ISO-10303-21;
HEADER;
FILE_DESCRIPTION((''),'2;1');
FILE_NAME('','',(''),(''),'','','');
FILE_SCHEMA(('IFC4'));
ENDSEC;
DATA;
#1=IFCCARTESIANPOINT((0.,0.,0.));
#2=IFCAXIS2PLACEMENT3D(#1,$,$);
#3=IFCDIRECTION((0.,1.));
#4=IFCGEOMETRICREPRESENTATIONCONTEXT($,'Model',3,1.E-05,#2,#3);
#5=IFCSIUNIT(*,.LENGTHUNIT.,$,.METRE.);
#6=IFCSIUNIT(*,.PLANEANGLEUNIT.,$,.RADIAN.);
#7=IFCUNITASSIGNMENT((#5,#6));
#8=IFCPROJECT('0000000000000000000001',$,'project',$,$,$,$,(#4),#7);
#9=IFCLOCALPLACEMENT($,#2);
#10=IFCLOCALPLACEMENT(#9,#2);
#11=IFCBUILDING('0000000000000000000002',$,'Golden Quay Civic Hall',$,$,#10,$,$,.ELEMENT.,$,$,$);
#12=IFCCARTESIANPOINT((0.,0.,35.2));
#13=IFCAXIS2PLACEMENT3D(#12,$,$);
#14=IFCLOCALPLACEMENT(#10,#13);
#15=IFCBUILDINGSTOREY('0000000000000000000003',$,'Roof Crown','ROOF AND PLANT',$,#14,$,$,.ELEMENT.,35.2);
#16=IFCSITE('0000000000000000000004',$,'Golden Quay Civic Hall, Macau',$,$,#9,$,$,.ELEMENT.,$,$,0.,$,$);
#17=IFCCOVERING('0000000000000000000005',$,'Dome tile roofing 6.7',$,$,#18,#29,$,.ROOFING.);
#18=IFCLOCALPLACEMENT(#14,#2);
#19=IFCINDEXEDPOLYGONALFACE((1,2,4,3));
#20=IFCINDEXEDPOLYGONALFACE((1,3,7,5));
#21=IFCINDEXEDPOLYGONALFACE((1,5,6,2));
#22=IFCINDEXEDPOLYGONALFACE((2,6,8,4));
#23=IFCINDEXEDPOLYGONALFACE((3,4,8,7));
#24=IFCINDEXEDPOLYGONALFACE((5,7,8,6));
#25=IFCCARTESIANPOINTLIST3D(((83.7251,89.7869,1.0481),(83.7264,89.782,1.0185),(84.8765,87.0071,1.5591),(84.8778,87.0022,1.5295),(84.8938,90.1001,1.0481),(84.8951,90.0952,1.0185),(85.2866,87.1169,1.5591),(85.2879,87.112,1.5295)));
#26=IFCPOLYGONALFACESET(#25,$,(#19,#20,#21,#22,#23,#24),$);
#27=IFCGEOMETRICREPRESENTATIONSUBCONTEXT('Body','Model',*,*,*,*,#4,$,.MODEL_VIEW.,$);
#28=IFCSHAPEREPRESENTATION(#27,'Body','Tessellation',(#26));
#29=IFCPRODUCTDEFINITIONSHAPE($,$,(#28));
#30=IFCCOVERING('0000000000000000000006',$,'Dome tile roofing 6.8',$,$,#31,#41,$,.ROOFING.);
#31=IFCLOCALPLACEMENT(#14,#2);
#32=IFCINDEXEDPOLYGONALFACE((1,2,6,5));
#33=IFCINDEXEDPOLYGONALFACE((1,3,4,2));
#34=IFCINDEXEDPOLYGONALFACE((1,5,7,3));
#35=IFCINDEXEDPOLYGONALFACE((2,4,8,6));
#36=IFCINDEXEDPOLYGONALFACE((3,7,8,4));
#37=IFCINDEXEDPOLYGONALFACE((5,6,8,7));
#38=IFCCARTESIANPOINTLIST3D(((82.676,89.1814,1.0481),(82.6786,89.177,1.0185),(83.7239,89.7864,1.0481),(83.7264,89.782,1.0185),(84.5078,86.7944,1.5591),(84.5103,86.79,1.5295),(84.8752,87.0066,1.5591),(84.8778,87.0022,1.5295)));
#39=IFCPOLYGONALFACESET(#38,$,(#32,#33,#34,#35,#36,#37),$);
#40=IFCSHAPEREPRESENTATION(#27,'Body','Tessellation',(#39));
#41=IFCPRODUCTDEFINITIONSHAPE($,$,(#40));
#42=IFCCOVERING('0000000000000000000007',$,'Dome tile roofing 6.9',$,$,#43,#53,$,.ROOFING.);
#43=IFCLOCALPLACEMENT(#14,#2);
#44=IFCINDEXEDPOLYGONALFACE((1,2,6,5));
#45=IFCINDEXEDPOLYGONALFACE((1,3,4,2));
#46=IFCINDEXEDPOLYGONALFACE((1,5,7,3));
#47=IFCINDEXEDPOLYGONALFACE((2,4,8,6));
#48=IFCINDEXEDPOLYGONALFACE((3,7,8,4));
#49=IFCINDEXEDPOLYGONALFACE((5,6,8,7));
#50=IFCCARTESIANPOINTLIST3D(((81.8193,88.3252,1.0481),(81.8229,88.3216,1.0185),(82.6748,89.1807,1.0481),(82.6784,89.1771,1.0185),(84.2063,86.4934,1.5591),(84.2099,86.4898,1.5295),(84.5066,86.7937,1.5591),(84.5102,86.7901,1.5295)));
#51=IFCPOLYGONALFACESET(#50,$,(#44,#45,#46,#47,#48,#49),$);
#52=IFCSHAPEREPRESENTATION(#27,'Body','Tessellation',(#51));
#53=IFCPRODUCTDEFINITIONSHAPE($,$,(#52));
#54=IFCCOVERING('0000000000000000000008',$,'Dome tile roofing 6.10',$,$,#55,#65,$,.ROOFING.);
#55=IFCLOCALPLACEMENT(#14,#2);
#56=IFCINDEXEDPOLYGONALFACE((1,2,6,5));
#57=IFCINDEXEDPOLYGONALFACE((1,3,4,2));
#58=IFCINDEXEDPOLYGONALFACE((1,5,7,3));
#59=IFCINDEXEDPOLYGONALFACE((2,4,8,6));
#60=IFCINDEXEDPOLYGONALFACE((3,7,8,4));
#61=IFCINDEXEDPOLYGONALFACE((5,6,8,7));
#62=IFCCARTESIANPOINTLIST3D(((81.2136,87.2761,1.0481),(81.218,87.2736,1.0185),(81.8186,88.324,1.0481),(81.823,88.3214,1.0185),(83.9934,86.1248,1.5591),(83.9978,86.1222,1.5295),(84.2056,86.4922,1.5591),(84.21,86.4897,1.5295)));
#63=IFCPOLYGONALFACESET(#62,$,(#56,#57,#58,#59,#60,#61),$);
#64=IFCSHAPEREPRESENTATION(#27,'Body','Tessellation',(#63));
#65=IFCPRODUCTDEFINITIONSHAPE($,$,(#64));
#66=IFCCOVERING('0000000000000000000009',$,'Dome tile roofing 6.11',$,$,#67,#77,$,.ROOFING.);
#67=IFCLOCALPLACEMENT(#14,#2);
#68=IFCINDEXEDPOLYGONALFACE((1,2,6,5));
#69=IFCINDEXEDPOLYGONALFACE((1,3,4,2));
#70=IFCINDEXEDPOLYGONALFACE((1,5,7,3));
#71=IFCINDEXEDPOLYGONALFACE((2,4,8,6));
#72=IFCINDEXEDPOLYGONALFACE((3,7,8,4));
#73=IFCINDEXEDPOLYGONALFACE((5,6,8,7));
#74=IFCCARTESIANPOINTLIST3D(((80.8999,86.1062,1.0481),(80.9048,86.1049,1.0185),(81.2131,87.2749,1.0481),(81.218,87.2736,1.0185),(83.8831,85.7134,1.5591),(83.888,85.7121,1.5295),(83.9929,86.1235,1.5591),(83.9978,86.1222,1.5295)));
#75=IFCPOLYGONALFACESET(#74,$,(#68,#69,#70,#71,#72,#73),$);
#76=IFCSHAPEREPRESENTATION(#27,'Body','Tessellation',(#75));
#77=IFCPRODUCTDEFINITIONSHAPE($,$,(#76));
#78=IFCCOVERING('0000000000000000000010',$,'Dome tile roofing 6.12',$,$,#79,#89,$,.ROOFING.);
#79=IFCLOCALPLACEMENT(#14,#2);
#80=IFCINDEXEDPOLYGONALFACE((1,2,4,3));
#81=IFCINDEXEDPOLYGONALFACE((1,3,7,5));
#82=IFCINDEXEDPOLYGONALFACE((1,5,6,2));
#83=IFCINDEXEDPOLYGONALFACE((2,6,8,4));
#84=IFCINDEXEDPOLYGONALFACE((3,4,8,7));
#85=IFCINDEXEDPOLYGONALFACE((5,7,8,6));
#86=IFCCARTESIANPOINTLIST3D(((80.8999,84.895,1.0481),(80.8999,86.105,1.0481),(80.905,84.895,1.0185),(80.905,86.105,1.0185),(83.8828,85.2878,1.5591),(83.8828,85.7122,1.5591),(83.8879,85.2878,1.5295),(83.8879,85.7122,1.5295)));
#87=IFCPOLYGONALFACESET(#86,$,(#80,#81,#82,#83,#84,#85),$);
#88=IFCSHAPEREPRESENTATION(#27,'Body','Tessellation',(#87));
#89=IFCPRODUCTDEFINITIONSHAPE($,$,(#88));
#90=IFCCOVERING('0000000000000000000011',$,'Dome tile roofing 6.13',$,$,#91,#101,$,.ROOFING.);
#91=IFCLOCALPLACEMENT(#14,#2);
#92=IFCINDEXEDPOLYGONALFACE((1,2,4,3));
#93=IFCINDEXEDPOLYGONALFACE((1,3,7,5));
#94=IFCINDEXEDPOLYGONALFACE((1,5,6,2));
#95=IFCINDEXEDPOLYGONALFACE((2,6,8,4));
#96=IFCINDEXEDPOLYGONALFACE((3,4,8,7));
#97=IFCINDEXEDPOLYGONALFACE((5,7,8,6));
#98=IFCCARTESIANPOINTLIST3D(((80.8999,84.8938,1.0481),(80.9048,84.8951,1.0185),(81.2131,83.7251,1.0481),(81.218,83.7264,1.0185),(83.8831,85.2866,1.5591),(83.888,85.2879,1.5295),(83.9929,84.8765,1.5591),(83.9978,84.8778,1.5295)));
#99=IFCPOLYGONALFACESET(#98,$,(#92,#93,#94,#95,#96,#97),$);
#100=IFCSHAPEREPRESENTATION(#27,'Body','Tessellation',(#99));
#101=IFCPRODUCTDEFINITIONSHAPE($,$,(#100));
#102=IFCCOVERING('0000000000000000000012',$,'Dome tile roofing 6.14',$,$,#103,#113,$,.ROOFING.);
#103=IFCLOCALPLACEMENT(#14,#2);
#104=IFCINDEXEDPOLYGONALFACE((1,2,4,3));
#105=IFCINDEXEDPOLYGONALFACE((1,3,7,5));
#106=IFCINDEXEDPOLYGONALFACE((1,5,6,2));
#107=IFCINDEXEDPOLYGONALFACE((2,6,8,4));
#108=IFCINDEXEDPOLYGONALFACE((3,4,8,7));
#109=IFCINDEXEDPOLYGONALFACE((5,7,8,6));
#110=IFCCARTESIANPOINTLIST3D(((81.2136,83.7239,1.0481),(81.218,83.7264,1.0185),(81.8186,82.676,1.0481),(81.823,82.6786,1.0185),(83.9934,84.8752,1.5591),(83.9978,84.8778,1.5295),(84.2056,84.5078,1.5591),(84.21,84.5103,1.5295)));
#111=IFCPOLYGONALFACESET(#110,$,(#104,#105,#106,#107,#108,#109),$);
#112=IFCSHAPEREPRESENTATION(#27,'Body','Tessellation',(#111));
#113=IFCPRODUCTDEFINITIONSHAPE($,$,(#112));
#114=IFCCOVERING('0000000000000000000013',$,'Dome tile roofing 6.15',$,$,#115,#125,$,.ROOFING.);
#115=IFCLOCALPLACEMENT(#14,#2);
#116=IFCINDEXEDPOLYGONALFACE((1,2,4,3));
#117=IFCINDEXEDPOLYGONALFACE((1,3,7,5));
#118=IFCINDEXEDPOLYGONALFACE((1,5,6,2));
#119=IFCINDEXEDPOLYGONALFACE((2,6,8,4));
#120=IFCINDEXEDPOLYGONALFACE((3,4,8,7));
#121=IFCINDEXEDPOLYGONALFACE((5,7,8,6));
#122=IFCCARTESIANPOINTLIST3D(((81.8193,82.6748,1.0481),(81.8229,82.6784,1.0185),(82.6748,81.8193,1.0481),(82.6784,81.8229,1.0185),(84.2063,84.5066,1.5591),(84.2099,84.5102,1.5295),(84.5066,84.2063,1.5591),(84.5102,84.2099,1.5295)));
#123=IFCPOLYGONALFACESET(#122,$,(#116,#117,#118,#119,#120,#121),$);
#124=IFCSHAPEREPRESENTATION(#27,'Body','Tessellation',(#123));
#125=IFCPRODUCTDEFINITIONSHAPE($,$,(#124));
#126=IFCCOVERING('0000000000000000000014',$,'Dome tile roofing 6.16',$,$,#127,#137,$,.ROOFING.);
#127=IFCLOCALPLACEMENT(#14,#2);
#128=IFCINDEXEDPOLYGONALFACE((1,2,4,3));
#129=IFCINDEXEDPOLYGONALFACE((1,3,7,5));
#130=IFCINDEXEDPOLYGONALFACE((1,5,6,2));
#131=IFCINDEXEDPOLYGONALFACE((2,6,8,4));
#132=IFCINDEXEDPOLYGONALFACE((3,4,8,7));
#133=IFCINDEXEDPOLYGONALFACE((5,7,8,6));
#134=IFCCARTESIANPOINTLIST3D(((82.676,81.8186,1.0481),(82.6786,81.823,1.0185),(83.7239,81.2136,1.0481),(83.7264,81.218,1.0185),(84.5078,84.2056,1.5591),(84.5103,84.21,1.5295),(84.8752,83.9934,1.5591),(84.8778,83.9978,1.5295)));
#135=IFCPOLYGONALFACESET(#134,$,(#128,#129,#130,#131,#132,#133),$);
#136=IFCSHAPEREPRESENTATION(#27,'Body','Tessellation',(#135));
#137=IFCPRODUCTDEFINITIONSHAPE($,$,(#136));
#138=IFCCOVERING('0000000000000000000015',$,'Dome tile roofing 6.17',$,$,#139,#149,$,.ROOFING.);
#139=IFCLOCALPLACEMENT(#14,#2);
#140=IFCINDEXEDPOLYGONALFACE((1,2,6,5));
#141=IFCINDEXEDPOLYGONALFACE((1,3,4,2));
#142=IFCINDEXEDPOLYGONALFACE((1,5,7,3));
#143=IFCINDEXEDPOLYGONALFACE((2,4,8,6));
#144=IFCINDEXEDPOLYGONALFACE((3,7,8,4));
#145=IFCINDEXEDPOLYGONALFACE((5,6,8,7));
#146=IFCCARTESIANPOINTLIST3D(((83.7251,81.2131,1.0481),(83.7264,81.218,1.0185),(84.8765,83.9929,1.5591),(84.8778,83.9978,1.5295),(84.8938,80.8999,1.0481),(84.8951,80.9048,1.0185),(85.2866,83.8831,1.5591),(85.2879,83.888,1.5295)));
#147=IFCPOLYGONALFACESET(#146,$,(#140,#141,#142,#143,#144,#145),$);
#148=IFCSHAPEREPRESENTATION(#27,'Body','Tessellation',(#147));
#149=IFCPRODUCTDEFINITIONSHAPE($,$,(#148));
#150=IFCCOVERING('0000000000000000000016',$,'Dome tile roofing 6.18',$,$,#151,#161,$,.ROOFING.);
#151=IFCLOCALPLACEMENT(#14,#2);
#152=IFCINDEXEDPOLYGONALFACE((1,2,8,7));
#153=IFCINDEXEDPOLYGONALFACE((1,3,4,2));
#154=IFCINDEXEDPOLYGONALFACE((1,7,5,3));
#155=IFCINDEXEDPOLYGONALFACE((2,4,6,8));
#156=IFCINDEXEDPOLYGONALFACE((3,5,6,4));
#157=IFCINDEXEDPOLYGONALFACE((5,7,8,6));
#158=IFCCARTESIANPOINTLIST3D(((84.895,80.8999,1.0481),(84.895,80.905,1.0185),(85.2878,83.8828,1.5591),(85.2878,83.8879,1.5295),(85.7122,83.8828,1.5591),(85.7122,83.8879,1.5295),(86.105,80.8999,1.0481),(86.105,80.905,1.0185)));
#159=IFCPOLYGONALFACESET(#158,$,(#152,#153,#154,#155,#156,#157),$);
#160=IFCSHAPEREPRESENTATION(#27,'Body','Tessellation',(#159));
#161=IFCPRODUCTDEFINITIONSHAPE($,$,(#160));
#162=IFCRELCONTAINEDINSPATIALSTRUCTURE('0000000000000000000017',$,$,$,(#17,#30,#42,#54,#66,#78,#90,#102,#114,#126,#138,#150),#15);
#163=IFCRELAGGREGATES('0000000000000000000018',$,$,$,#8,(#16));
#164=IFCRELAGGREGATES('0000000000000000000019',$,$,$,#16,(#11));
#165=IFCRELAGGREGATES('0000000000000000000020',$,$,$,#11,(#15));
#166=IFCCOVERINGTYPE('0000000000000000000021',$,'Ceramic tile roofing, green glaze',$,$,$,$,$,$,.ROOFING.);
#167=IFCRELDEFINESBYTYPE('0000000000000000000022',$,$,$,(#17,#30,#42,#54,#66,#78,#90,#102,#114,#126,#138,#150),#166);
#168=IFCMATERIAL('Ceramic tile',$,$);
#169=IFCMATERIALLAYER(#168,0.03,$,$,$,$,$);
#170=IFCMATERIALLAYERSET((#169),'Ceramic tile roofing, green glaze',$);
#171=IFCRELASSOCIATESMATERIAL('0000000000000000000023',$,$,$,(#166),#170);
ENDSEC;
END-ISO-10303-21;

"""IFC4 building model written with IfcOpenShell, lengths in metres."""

from ifc_helpers import new_model, si_unit, direction, frame, origin, place, context, subcontext, project, spatial, polyline, outline, extrude, material, layer, layer_set, type_object, element, save


model = new_model("IFC4")

# Units and contexts
model_context = context("Model", 3, precision=1e-05, world=origin(), true_north=direction((0.0, 1.0)))
body_context = subcontext(model_context, "Body", "Model", "MODEL_VIEW")
ifc_project = project(units=[si_unit("LENGTHUNIT", "METRE"), si_unit("PLANEANGLEUNIT", "RADIAN")], contexts=[model_context])

# Site, building, storey
site_placement = place(None, origin())
site = spatial("IfcSite", under=ifc_project, at=site_placement, Name="Golden Quay Civic Hall, Macau", CompositionType="ELEMENT", RefElevation=0.0)
building_placement = place(site_placement, origin())
building = spatial("IfcBuilding", under=site, at=building_placement, Name="Golden Quay Civic Hall", CompositionType="ELEMENT")
storey_placement = place(building_placement, frame((0.0, 0.0, 35.2)))
storey = spatial("IfcBuildingStorey", under=building, at=storey_placement, Name="Roof Crown", Description="ROOF AND PLANT", CompositionType="ELEMENT", Elevation=35.2)

# Coverings
ifc_material_1 = material(Name="Ceramic tile")
ifc_layer_1 = layer(ifc_material_1, 0.03)
ifc_layer_set_1 = layer_set([ifc_layer_1], Name="Ceramic tile roofing, green glaze")
covering_type = type_object("IfcCoveringType", Name="Ceramic tile roofing, green glaze", PredefinedType="ROOFING", material=ifc_layer_set_1)
covering_1_placement = place(storey_placement, frame((84.8938, 90.1001, 1.0481), z_axis=(-0.043701, 0.16308, 0.985645), x_axis=(-0.96591, -0.25888, 0.000006)))
element("IfcCovering", 1, at=covering_1_placement, inside=storey, type_object=covering_type, Name="Dome tile roofing 6.7", PredefinedType="ROOFING", context=body_context, shape_type="SweptSolid", body=[
    extrude(outline(polyline([(0.0, 0.0), (1.2099, 0.0), (0.8175, 3.0265), (0.3929, 3.0266), (0.0, 0.0)])), origin(), (0.0, 0.0, -1.0), 0.03),
])
covering_2_placement = place(storey_placement, frame((83.7239, 89.7864, 1.0481), z_axis=(-0.08442, 0.146216, 0.985644), x_axis=(-0.866024, -0.500002, -0.000002)))
element("IfcCovering", 2, at=covering_2_placement, inside=storey, type_object=covering_type, Name="Dome tile roofing 6.8", PredefinedType="ROOFING", context=body_context, shape_type="SweptSolid", body=[
    extrude(outline(polyline([(0.0, 0.0), (1.21, 0.0), (0.8171, 3.0265), (0.3928, 3.0265), (0.0, 0.0)])), origin(), (0.0, 0.0, -1.0), 0.03),
])
covering_3_placement = place(storey_placement, frame((82.6748, 89.1807, 1.0481), z_axis=(-0.119384, 0.119384, 0.985644), x_axis=(-0.707107, -0.707107, 0.0)))
element("IfcCovering", 3, at=covering_3_placement, inside=storey, type_object=covering_type, Name="Dome tile roofing 6.9", PredefinedType="ROOFING", context=body_context, shape_type="SweptSolid", body=[
    extrude(outline(polyline([(0.0, 0.0), (1.2098, 0.0), (0.8172, 3.0266), (0.3926, 3.0266), (0.0, 0.0)])), origin(), (0.0, 0.0, -1.0), 0.03),
])
covering_4_placement = place(storey_placement, frame((81.8186, 88.324, 1.0481), z_axis=(-0.146216, 0.08442, 0.985644), x_axis=(-0.500002, -0.866024, 0.000002)))
element("IfcCovering", 4, at=covering_4_placement, inside=storey, type_object=covering_type, Name="Dome tile roofing 6.10", PredefinedType="ROOFING", context=body_context, shape_type="SweptSolid", body=[
    extrude(outline(polyline([(0.0, 0.0), (1.21, 0.0), (0.8172, 3.0265), (0.3929, 3.0265), (0.0, 0.0)])), origin(), (0.0, 0.0, -1.0), 0.03),
])
covering_5_placement = place(storey_placement, frame((81.2131, 87.2749, 1.0481), z_axis=(-0.16308, 0.043701, 0.985645), x_axis=(-0.25888, -0.96591, -0.000006)))
element("IfcCovering", 5, at=covering_5_placement, inside=storey, type_object=covering_type, Name="Dome tile roofing 6.11", PredefinedType="ROOFING", context=body_context, shape_type="SweptSolid", body=[
    extrude(outline(polyline([(0.0, 0.0), (1.2099, 0.0), (0.8171, 3.0266), (0.3925, 3.0265), (0.0, 0.0)])), origin(), (0.0, 0.0, -1.0), 0.03),
])
covering_6_placement = place(storey_placement, frame((80.8999, 86.105, 1.0481), z_axis=(-0.168845, 0.0, 0.985643), x_axis=(0.0, -1.0, 0.0)))
element("IfcCovering", 6, at=covering_6_placement, inside=storey, type_object=covering_type, Name="Dome tile roofing 6.12", PredefinedType="ROOFING", context=body_context, shape_type="SweptSolid", body=[
    extrude(outline(polyline([(0.0, 0.0), (1.21, 0.0), (0.8171, 3.0264), (0.3928, 3.0264), (0.0, 0.0)])), origin(), (0.0, 0.0, -1.0), 0.03),
])
covering_7_placement = place(storey_placement, frame((80.8999, 84.8938, 1.0481), z_axis=(-0.16308, -0.043701, 0.985645), x_axis=(0.25888, -0.96591, 0.000006)))
element("IfcCovering", 7, at=covering_7_placement, inside=storey, type_object=covering_type, Name="Dome tile roofing 6.13", PredefinedType="ROOFING", context=body_context, shape_type="SweptSolid", body=[
    extrude(outline(polyline([(0.0, 0.0), (1.2099, 0.0), (0.8175, 3.0265), (0.3929, 3.0266), (0.0, 0.0)])), origin(), (0.0, 0.0, -1.0), 0.03),
])
covering_8_placement = place(storey_placement, frame((81.2136, 83.7239, 1.0481), z_axis=(-0.146216, -0.08442, 0.985644), x_axis=(0.500002, -0.866024, -0.000002)))
element("IfcCovering", 8, at=covering_8_placement, inside=storey, type_object=covering_type, Name="Dome tile roofing 6.14", PredefinedType="ROOFING", context=body_context, shape_type="SweptSolid", body=[
    extrude(outline(polyline([(0.0, 0.0), (1.21, 0.0), (0.8171, 3.0265), (0.3928, 3.0265), (0.0, 0.0)])), origin(), (0.0, 0.0, -1.0), 0.03),
])
covering_9_placement = place(storey_placement, frame((81.8193, 82.6748, 1.0481), z_axis=(-0.119384, -0.119384, 0.985644), x_axis=(0.707107, -0.707107, 0.0)))
element("IfcCovering", 9, at=covering_9_placement, inside=storey, type_object=covering_type, Name="Dome tile roofing 6.15", PredefinedType="ROOFING", context=body_context, shape_type="SweptSolid", body=[
    extrude(outline(polyline([(0.0, 0.0), (1.2098, 0.0), (0.8172, 3.0266), (0.3926, 3.0266), (0.0, 0.0)])), origin(), (0.0, 0.0, -1.0), 0.03),
])
covering_10_placement = place(storey_placement, frame((82.676, 81.8186, 1.0481), z_axis=(-0.08442, -0.146216, 0.985644), x_axis=(0.866024, -0.500002, 0.000002)))
element("IfcCovering", 10, at=covering_10_placement, inside=storey, type_object=covering_type, Name="Dome tile roofing 6.16", PredefinedType="ROOFING", context=body_context, shape_type="SweptSolid", body=[
    extrude(outline(polyline([(0.0, 0.0), (1.21, 0.0), (0.8172, 3.0265), (0.3929, 3.0265), (0.0, 0.0)])), origin(), (0.0, 0.0, -1.0), 0.03),
])
covering_11_placement = place(storey_placement, frame((83.7251, 81.2131, 1.0481), z_axis=(-0.043701, -0.16308, 0.985645), x_axis=(0.96591, -0.25888, -0.000006)))
element("IfcCovering", 11, at=covering_11_placement, inside=storey, type_object=covering_type, Name="Dome tile roofing 6.17", PredefinedType="ROOFING", context=body_context, shape_type="SweptSolid", body=[
    extrude(outline(polyline([(0.0, 0.0), (1.2099, 0.0), (0.8171, 3.0266), (0.3925, 3.0265), (0.0, 0.0)])), origin(), (0.0, 0.0, -1.0), 0.03),
])
covering_12_placement = place(storey_placement, frame((84.895, 80.8999, 1.0481), z_axis=(0.0, -0.168845, 0.985643), x_axis=(1.0, 0.0, 0.0)))
element("IfcCovering", 12, at=covering_12_placement, inside=storey, type_object=covering_type, Name="Dome tile roofing 6.18", PredefinedType="ROOFING", context=body_context, shape_type="SweptSolid", body=[
    extrude(outline(polyline([(0.0, 0.0), (1.21, 0.0), (0.8171, 3.0264), (0.3928, 3.0264), (0.0, 0.0)])), origin(), (0.0, 0.0, -1.0), 0.03),
])

save(model, "model.ifc")
